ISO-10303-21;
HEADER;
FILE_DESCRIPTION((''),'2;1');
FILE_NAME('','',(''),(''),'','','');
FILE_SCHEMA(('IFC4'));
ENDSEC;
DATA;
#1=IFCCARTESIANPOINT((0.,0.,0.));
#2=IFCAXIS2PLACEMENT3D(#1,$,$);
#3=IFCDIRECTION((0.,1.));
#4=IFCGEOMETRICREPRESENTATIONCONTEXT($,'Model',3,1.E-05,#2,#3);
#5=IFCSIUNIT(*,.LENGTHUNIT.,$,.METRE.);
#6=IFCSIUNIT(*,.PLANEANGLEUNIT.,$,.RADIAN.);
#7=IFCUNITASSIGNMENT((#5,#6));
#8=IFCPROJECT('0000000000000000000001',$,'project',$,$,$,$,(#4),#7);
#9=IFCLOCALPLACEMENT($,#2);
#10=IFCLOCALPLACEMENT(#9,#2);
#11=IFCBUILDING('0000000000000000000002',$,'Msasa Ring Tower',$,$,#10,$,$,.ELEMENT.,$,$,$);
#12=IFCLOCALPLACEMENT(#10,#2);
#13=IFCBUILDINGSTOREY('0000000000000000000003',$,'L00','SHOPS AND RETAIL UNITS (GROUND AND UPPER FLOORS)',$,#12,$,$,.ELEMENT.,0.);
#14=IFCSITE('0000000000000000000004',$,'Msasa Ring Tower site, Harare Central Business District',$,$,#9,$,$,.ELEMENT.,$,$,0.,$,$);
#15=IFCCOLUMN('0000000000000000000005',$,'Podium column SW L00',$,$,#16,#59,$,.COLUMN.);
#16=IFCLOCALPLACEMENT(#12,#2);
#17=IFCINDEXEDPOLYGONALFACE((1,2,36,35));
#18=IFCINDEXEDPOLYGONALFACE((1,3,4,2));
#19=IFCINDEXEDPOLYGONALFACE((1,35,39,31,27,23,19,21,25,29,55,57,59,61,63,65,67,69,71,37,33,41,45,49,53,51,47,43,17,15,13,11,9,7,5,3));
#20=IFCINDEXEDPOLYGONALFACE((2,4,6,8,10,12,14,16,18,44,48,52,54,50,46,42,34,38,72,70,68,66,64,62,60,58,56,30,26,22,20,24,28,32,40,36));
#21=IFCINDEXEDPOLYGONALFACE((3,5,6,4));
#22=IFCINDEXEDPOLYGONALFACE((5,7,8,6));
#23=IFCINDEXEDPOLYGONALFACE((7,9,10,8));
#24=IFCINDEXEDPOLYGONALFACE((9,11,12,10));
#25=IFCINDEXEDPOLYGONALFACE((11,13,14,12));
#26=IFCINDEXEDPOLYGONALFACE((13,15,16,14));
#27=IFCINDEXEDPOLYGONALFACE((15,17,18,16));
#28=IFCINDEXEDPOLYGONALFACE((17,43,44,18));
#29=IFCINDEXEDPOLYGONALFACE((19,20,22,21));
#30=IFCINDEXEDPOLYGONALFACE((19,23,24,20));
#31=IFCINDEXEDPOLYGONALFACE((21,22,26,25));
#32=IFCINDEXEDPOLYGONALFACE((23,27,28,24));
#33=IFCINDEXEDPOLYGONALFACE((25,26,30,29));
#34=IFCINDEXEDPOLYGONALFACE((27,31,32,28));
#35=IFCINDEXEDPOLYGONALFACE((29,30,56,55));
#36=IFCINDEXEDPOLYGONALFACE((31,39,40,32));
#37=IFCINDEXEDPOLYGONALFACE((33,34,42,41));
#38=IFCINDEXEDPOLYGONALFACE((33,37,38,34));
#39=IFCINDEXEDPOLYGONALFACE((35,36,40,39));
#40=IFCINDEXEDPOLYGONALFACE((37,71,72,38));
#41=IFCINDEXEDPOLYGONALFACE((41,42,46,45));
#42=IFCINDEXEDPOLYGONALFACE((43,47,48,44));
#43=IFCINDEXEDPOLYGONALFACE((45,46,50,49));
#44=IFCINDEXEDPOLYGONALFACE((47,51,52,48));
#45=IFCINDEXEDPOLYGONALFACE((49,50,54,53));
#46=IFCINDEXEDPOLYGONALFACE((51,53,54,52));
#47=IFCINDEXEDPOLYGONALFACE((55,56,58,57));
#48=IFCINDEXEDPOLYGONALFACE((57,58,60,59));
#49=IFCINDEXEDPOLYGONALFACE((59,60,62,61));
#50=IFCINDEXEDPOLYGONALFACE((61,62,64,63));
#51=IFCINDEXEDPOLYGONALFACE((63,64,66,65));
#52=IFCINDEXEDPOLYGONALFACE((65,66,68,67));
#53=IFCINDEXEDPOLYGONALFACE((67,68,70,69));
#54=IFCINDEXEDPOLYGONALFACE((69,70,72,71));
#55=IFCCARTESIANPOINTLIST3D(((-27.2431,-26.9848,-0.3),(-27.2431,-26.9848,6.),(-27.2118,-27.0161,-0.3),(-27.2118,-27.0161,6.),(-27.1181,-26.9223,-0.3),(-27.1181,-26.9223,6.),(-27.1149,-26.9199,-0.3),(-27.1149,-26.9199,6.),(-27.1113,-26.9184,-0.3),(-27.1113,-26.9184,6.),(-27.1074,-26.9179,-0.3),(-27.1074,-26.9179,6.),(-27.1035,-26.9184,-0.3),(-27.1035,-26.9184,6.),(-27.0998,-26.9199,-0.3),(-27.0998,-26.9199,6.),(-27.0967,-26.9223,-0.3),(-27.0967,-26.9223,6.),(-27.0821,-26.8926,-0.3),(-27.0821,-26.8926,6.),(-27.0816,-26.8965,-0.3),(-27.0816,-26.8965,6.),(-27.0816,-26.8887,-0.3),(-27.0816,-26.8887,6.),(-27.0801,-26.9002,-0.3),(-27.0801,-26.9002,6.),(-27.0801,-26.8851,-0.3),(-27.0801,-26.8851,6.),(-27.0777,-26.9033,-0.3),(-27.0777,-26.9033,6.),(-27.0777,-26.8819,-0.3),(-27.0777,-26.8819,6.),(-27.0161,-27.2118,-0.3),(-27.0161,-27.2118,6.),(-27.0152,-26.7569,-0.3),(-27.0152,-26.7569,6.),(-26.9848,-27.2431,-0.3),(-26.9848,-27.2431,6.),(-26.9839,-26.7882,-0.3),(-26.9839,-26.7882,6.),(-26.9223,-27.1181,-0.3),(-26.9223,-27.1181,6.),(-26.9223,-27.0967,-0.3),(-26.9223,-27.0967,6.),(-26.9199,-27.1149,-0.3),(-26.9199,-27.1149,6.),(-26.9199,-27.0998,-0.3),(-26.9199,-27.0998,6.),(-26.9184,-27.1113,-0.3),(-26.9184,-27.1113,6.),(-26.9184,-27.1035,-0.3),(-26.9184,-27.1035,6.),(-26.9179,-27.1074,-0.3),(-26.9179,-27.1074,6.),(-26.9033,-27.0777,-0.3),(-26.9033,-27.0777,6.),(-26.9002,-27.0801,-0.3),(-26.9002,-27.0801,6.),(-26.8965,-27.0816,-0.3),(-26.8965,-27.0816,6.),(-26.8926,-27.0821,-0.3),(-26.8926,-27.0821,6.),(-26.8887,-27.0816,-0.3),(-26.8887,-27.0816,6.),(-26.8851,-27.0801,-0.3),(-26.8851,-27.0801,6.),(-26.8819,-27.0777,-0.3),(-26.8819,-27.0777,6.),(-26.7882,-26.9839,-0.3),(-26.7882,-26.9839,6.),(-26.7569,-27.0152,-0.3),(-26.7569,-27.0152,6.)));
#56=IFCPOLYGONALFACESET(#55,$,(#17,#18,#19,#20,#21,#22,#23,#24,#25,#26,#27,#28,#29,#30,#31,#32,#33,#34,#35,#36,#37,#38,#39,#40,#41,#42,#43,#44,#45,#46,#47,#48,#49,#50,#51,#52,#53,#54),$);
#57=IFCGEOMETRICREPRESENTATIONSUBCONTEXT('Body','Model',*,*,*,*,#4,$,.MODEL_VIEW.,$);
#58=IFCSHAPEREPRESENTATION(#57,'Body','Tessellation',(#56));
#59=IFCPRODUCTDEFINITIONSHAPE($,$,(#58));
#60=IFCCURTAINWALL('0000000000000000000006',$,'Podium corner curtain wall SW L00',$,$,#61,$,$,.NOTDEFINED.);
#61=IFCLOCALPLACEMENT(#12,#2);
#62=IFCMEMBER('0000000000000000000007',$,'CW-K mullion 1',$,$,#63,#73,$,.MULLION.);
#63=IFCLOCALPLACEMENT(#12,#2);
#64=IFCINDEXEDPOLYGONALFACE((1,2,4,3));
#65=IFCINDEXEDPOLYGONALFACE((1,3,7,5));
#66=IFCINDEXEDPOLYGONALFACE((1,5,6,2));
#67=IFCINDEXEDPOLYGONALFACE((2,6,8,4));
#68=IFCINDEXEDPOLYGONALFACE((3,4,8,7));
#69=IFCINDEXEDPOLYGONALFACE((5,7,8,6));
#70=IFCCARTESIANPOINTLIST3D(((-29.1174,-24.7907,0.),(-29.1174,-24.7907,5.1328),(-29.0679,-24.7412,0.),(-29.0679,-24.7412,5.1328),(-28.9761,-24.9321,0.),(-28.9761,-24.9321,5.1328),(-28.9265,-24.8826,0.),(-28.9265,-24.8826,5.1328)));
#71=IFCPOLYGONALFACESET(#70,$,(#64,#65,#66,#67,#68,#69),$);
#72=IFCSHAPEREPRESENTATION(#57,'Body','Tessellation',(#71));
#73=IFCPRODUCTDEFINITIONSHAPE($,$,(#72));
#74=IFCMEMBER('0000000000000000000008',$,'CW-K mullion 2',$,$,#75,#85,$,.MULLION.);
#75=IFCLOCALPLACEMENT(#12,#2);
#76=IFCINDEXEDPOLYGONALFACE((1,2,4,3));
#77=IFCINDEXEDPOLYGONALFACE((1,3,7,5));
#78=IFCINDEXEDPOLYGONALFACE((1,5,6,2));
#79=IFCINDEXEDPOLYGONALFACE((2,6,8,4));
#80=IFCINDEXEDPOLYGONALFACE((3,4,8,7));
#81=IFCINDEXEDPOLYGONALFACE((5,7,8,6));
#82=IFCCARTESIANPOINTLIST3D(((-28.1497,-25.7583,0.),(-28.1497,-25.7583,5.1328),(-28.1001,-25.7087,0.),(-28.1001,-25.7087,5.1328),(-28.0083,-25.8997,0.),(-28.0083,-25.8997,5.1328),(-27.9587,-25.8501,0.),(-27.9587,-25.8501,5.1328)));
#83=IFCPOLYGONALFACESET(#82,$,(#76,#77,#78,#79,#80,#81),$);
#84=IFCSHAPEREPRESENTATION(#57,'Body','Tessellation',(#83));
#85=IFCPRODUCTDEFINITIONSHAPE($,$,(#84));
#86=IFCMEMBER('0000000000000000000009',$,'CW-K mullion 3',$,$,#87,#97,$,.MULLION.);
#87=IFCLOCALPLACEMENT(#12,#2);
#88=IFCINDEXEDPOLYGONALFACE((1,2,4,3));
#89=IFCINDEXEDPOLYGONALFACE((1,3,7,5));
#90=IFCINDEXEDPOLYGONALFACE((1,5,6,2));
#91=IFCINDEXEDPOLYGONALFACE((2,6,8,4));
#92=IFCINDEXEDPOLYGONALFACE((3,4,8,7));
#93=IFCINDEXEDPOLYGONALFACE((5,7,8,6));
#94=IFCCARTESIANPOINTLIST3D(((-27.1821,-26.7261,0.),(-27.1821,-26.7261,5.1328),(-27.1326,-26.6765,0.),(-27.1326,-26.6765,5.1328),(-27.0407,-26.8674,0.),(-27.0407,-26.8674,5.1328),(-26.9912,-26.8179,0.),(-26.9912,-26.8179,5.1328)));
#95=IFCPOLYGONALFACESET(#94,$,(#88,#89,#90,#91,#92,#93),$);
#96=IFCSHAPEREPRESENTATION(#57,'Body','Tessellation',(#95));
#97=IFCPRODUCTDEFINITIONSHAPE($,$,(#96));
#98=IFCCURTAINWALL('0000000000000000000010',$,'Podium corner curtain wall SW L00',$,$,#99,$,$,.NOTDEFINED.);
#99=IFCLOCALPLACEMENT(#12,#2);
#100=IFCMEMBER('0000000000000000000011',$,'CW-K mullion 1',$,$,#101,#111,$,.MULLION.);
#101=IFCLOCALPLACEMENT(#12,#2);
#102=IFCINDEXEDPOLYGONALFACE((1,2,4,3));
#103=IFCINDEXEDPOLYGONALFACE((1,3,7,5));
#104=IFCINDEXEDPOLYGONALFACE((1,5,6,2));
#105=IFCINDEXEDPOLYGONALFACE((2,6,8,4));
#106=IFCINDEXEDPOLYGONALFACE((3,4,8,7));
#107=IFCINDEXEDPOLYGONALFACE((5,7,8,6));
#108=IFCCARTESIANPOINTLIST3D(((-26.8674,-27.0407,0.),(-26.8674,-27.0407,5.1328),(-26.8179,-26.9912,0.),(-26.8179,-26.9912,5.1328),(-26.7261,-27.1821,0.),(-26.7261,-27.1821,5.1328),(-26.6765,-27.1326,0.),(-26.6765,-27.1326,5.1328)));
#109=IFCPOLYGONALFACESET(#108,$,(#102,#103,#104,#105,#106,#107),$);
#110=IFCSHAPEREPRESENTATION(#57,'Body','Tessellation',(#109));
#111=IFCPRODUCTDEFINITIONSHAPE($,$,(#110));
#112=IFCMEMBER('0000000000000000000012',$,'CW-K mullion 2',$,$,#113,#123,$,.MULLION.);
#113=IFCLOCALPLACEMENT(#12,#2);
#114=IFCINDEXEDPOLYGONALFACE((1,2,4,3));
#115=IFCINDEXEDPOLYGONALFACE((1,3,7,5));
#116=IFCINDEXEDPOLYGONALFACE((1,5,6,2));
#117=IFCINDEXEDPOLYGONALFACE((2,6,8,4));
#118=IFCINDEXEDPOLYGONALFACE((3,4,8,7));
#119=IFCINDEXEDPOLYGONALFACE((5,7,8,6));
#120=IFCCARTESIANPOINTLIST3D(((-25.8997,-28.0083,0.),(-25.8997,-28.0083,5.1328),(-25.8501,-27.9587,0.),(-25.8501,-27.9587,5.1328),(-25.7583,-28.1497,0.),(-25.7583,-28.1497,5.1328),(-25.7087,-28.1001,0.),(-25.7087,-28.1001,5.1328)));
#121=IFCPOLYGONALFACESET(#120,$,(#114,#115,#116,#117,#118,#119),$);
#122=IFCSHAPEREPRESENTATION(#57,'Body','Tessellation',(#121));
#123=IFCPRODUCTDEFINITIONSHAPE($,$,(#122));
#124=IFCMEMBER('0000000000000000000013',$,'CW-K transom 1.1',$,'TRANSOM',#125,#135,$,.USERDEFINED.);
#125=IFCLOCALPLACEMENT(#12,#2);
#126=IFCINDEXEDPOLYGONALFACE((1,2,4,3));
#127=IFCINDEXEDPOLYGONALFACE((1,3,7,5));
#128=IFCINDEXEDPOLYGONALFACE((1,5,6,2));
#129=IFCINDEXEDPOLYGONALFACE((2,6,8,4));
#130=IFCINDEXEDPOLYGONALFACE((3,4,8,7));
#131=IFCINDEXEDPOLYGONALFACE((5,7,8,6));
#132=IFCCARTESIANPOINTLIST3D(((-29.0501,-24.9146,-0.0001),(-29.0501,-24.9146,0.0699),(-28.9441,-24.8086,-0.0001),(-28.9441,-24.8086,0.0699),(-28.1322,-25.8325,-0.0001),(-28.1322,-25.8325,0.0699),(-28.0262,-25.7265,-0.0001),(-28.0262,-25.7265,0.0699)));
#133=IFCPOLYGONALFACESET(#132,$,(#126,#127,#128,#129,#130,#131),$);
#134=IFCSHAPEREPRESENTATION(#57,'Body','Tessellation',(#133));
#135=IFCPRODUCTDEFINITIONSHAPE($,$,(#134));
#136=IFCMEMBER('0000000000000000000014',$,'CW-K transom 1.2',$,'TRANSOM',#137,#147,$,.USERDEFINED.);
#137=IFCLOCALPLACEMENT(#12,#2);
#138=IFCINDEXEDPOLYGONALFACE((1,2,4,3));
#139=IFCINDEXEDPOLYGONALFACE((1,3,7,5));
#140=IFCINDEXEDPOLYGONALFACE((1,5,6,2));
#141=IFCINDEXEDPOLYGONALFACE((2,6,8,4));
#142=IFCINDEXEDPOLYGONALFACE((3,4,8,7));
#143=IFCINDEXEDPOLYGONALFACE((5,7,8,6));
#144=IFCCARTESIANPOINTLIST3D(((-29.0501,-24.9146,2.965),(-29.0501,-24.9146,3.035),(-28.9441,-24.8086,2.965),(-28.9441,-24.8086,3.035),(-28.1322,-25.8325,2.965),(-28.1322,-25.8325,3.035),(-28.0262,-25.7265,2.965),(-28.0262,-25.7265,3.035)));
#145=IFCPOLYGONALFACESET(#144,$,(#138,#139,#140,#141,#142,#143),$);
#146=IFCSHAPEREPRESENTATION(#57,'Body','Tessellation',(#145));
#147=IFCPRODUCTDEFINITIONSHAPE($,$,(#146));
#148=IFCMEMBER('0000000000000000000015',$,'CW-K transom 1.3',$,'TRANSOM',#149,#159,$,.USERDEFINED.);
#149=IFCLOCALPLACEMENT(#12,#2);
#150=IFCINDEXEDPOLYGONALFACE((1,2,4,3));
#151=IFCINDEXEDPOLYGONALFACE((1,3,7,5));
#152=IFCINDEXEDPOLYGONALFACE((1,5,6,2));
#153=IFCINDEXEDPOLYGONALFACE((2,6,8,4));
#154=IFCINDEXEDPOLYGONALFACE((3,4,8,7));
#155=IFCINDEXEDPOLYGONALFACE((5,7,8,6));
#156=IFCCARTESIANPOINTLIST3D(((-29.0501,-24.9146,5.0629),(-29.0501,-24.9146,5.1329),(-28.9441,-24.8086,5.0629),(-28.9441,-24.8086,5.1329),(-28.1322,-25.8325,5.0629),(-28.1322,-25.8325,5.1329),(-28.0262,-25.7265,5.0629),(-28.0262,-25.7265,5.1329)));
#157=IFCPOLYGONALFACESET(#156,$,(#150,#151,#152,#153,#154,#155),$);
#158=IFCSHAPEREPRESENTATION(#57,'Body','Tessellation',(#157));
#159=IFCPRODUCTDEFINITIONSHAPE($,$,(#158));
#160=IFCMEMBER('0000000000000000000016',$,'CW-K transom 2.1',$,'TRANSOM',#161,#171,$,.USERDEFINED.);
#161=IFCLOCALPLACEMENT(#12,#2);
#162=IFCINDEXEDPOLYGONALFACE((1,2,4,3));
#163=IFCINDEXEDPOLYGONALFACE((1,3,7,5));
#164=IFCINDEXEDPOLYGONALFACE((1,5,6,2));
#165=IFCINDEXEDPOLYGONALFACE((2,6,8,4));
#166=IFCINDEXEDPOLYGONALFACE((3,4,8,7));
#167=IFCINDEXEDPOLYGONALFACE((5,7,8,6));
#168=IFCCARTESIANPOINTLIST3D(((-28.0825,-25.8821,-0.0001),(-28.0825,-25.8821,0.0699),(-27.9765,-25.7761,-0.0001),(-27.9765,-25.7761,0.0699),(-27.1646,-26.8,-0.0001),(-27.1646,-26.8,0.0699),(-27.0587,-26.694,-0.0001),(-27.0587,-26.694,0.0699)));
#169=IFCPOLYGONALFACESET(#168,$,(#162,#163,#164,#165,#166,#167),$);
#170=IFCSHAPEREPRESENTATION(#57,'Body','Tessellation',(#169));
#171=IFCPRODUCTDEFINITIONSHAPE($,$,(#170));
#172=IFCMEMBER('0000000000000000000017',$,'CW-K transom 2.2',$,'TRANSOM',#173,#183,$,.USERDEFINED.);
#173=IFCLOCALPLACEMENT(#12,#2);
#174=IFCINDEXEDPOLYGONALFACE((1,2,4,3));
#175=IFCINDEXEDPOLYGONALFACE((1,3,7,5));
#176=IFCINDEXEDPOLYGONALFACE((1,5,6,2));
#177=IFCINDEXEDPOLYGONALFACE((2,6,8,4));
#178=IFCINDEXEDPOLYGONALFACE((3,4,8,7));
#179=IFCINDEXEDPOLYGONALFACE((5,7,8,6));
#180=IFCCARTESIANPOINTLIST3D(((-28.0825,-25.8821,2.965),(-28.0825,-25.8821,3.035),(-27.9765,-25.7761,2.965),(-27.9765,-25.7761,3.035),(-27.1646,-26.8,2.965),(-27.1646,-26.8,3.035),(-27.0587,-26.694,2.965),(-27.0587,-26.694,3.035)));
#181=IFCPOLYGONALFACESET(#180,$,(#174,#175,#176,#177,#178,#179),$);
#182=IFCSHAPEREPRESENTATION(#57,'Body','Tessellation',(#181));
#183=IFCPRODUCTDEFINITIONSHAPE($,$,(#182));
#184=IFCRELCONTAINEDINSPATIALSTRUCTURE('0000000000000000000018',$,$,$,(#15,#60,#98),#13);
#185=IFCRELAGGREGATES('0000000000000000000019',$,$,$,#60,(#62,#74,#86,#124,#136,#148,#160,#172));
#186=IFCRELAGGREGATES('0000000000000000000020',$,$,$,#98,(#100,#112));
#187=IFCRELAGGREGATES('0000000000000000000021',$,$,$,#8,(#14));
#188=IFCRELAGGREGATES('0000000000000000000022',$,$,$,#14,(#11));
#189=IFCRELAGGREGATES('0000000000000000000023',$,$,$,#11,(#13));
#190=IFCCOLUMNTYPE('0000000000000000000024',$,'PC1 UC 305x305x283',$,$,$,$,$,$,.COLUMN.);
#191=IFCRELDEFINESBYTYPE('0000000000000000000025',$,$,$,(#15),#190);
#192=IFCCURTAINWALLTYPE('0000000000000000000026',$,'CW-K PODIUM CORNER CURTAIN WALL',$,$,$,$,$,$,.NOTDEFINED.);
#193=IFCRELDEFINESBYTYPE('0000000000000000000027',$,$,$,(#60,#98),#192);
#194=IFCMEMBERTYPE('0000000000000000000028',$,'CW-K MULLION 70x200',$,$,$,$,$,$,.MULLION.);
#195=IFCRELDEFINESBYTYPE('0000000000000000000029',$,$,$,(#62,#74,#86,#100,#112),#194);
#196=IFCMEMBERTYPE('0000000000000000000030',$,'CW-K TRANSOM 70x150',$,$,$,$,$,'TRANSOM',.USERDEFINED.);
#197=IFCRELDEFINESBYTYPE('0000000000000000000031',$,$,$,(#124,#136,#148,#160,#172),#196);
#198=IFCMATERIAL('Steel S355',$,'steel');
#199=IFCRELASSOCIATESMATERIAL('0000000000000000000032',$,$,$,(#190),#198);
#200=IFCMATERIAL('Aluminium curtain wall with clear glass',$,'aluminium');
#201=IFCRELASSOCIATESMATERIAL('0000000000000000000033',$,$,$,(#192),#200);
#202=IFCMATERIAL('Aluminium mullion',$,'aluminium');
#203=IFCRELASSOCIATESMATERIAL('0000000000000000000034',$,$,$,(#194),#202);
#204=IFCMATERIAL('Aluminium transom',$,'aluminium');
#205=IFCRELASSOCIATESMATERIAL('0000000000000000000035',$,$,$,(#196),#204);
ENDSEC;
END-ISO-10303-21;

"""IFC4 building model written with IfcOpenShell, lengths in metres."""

from ifc_helpers import new_model, si_unit, direction, frame, origin, origin_2d, place, context, subcontext, project, spatial, rectangle, i_section, extrude, material, material_profile, profile_set, type_object, element, aggregate, save


model = new_model("IFC4")

# Units and contexts
model_context = context("Model", 3, precision=1e-05, world=origin(), true_north=direction((0.0, 1.0)))
body_context = subcontext(model_context, "Body", "Model", "MODEL_VIEW")
ifc_project = project(units=[si_unit("LENGTHUNIT", "METRE"), si_unit("PLANEANGLEUNIT", "RADIAN")], contexts=[model_context])

# Site, building, storey
site_placement = place(None, origin())
site = spatial("IfcSite", under=ifc_project, at=site_placement, Name="Msasa Ring Tower site, Harare Central Business District", CompositionType="ELEMENT", RefElevation=0.0)
building_placement = place(site_placement, origin())
building = spatial("IfcBuilding", under=site, at=building_placement, Name="Msasa Ring Tower", CompositionType="ELEMENT")
storey_placement = place(building_placement, origin())
storey = spatial("IfcBuildingStorey", under=building, at=storey_placement, Name="L00", Description="SHOPS AND RETAIL UNITS (GROUND AND UPPER FLOORS)", CompositionType="ELEMENT", Elevation=0.0)

# Column
ifc_material_1 = material(Name="Steel S355", Category="steel")
ifc_material_profile_1 = material_profile(ifc_material_1, i_section(OverallWidth=0.3223, OverallDepth=0.3652, WebThickness=0.0269, FlangeThickness=0.0442, FilletRadius=0.0151, at=origin_2d()), Name="UC 305x305x283")
ifc_profile_set_1 = profile_set([ifc_material_profile_1], Name="Steel S355")
column_type = type_object("IfcColumnType", Name="PC1 UC 305x305x283", PredefinedType="COLUMN", material=ifc_profile_set_1)
for number, where, z_axis, x_axis, name in (
    (1, (-27.0, -27.0, -0.3), (0.0, 0.0, 1.0), (0.707107, 0.707107, 0.0), "Podium column SW L00"),
):
    element("IfcColumn", number, at=place(storey_placement, frame(where, z_axis=z_axis, x_axis=x_axis)), inside=storey, type_object=column_type, Name=name, PredefinedType="COLUMN", context=body_context, shape_type="SweptSolid", body=[
        extrude(i_section(OverallWidth=0.3223, OverallDepth=0.3652, WebThickness=0.0269, FlangeThickness=0.0442, FilletRadius=0.0151, at=origin_2d()), origin(), (0.0, 0.0, 1.0), 6.3),
    ])

# Curtain walls, members
ifc_material_2 = material(Name="Aluminium curtain wall with clear glass", Category="aluminium")
curtain_wall_type = type_object("IfcCurtainWallType", Name="CW-K PODIUM CORNER CURTAIN WALL", PredefinedType="NOTDEFINED", material=ifc_material_2)
curtain_wall_1_placement = place(storey_placement, origin())
curtain_wall_1 = element("IfcCurtainWall", 2, at=curtain_wall_1_placement, inside=storey, type_object=curtain_wall_type, Name="Podium corner curtain wall SW L00", PredefinedType="NOTDEFINED")
ifc_material_3 = material(Name="Aluminium mullion", Category="aluminium")
ifc_material_profile_2 = material_profile(ifc_material_3, rectangle(XDim=0.0701, YDim=0.2, at=origin_2d()), Name="AL 70x200")
ifc_profile_set_2 = profile_set([ifc_material_profile_2], Name="Aluminium mullion")
member_type_1 = type_object("IfcMemberType", Name="CW-K MULLION 70x200", PredefinedType="MULLION", material=ifc_profile_set_2)
member_1_placement = place(storey_placement, frame((-29.022, -24.8367, 0.0), z_axis=(0.0, 0.0, 1.0), x_axis=(0.707107, 0.707107, 0.0)))
member_1 = element("IfcMember", 3, at=member_1_placement, type_object=member_type_1, Name="CW-K mullion 1", PredefinedType="MULLION", context=body_context, shape_type="SweptSolid", body=[
    extrude(rectangle(XDim=0.0701, YDim=0.2, at=origin_2d()), origin(), (0.0, 0.0, 1.0), 5.1328),
])
member_2_placement = place(storey_placement, frame((-28.0542, -25.8042, 0.0), z_axis=(0.0, 0.0, 1.0), x_axis=(0.707107, 0.707107, 0.0)))
member_2 = element("IfcMember", 4, at=member_2_placement, type_object=member_type_1, Name="CW-K mullion 2", PredefinedType="MULLION", context=body_context, shape_type="SweptSolid", body=[
    extrude(rectangle(XDim=0.0701, YDim=0.2, at=origin_2d()), origin(), (0.0, 0.0, 1.0), 5.1328),
])
member_3_placement = place(storey_placement, frame((-27.0867, -26.772, 0.0), z_axis=(0.0, 0.0, 1.0), x_axis=(0.707107, 0.707107, 0.0)))
member_3 = element("IfcMember", 5, at=member_3_placement, type_object=member_type_1, Name="CW-K mullion 3", PredefinedType="MULLION", context=body_context, shape_type="SweptSolid", body=[
    extrude(rectangle(XDim=0.0701, YDim=0.2, at=origin_2d()), origin(), (0.0, 0.0, 1.0), 5.1328),
])
curtain_wall_2_placement = place(storey_placement, origin())
curtain_wall_2 = element("IfcCurtainWall", 6, at=curtain_wall_2_placement, inside=storey, type_object=curtain_wall_type, Name="Podium corner curtain wall SW L00", PredefinedType="NOTDEFINED")
member_4_placement = place(storey_placement, frame((-26.772, -27.0867, 0.0), z_axis=(0.0, 0.0, 1.0), x_axis=(0.707107, 0.707107, 0.0)))
member_4 = element("IfcMember", 7, at=member_4_placement, type_object=member_type_1, Name="CW-K mullion 1", PredefinedType="MULLION", context=body_context, shape_type="SweptSolid", body=[
    extrude(rectangle(XDim=0.0701, YDim=0.2, at=origin_2d()), origin(), (0.0, 0.0, 1.0), 5.1328),
])
member_5_placement = place(storey_placement, frame((-25.8042, -28.0542, 0.0), z_axis=(0.0, 0.0, 1.0), x_axis=(0.707107, 0.707107, 0.0)))
member_5 = element("IfcMember", 8, at=member_5_placement, type_object=member_type_1, Name="CW-K mullion 2", PredefinedType="MULLION", context=body_context, shape_type="SweptSolid", body=[
    extrude(rectangle(XDim=0.0701, YDim=0.2, at=origin_2d()), origin(), (0.0, 0.0, 1.0), 5.1328),
])

# Members
ifc_material_4 = material(Name="Aluminium transom", Category="aluminium")
ifc_material_profile_3 = material_profile(ifc_material_4, rectangle(XDim=0.1499, YDim=0.0701, at=origin_2d()), Name="AL 70x150")
ifc_profile_set_3 = profile_set([ifc_material_profile_3], Name="Aluminium transom")
member_type_2 = type_object("IfcMemberType", Name="CW-K TRANSOM 70x150", ElementType="TRANSOM", PredefinedType="USERDEFINED", material=ifc_profile_set_3)
member_6_placement = place(storey_placement, frame((-28.9971, -24.8616, 0.0349), z_axis=(0.707107, -0.707107, 0.0), x_axis=(0.707107, 0.707107, 0.0)))
member_6 = element("IfcMember", 9, at=member_6_placement, type_object=member_type_2, Name="CW-K transom 1.1", ObjectType="TRANSOM", PredefinedType="USERDEFINED", context=body_context, shape_type="SweptSolid", body=[
    extrude(rectangle(XDim=0.1499, YDim=0.0701, at=origin_2d()), origin(), (0.0, 0.0, 1.0), 1.2981),
])
member_7_placement = place(storey_placement, frame((-28.9971, -24.8616, 3.0), z_axis=(0.707107, -0.707107, 0.0), x_axis=(0.707107, 0.707107, 0.0)))
member_7 = element("IfcMember", 10, at=member_7_placement, type_object=member_type_2, Name="CW-K transom 1.2", ObjectType="TRANSOM", PredefinedType="USERDEFINED", context=body_context, shape_type="SweptSolid", body=[
    extrude(rectangle(XDim=0.1499, YDim=0.0701, at=origin_2d()), origin(), (0.0, 0.0, 1.0), 1.2981),
])
member_8_placement = place(storey_placement, frame((-28.9971, -24.8616, 5.0979), z_axis=(0.707107, -0.707107, 0.0), x_axis=(0.707107, 0.707107, 0.0)))
member_8 = element("IfcMember", 11, at=member_8_placement, type_object=member_type_2, Name="CW-K transom 1.3", ObjectType="TRANSOM", PredefinedType="USERDEFINED", context=body_context, shape_type="SweptSolid", body=[
    extrude(rectangle(XDim=0.1499, YDim=0.0701, at=origin_2d()), origin(), (0.0, 0.0, 1.0), 1.2981),
])
member_9_placement = place(storey_placement, frame((-28.0295, -25.8291, 0.0349), z_axis=(0.707107, -0.707107, 0.0), x_axis=(0.707107, 0.707107, 0.0)))
member_9 = element("IfcMember", 12, at=member_9_placement, type_object=member_type_2, Name="CW-K transom 2.1", ObjectType="TRANSOM", PredefinedType="USERDEFINED", context=body_context, shape_type="SweptSolid", body=[
    extrude(rectangle(XDim=0.1499, YDim=0.0701, at=origin_2d()), origin(), (0.0, 0.0, 1.0), 1.2981),
])
member_10_placement = place(storey_placement, frame((-28.0295, -25.8291, 3.0), z_axis=(0.707107, -0.707107, 0.0), x_axis=(0.707107, 0.707107, 0.0)))
member_10 = element("IfcMember", 13, at=member_10_placement, type_object=member_type_2, Name="CW-K transom 2.2", ObjectType="TRANSOM", PredefinedType="USERDEFINED", context=body_context, shape_type="SweptSolid", body=[
    extrude(rectangle(XDim=0.1499, YDim=0.0701, at=origin_2d()), origin(), (0.0, 0.0, 1.0), 1.2981),
])

aggregate(curtain_wall_1, [member_1, member_2, member_3, member_6, member_7, member_8, member_9, member_10])
aggregate(curtain_wall_2, [member_4, member_5])

save(model, "model.ifc")
